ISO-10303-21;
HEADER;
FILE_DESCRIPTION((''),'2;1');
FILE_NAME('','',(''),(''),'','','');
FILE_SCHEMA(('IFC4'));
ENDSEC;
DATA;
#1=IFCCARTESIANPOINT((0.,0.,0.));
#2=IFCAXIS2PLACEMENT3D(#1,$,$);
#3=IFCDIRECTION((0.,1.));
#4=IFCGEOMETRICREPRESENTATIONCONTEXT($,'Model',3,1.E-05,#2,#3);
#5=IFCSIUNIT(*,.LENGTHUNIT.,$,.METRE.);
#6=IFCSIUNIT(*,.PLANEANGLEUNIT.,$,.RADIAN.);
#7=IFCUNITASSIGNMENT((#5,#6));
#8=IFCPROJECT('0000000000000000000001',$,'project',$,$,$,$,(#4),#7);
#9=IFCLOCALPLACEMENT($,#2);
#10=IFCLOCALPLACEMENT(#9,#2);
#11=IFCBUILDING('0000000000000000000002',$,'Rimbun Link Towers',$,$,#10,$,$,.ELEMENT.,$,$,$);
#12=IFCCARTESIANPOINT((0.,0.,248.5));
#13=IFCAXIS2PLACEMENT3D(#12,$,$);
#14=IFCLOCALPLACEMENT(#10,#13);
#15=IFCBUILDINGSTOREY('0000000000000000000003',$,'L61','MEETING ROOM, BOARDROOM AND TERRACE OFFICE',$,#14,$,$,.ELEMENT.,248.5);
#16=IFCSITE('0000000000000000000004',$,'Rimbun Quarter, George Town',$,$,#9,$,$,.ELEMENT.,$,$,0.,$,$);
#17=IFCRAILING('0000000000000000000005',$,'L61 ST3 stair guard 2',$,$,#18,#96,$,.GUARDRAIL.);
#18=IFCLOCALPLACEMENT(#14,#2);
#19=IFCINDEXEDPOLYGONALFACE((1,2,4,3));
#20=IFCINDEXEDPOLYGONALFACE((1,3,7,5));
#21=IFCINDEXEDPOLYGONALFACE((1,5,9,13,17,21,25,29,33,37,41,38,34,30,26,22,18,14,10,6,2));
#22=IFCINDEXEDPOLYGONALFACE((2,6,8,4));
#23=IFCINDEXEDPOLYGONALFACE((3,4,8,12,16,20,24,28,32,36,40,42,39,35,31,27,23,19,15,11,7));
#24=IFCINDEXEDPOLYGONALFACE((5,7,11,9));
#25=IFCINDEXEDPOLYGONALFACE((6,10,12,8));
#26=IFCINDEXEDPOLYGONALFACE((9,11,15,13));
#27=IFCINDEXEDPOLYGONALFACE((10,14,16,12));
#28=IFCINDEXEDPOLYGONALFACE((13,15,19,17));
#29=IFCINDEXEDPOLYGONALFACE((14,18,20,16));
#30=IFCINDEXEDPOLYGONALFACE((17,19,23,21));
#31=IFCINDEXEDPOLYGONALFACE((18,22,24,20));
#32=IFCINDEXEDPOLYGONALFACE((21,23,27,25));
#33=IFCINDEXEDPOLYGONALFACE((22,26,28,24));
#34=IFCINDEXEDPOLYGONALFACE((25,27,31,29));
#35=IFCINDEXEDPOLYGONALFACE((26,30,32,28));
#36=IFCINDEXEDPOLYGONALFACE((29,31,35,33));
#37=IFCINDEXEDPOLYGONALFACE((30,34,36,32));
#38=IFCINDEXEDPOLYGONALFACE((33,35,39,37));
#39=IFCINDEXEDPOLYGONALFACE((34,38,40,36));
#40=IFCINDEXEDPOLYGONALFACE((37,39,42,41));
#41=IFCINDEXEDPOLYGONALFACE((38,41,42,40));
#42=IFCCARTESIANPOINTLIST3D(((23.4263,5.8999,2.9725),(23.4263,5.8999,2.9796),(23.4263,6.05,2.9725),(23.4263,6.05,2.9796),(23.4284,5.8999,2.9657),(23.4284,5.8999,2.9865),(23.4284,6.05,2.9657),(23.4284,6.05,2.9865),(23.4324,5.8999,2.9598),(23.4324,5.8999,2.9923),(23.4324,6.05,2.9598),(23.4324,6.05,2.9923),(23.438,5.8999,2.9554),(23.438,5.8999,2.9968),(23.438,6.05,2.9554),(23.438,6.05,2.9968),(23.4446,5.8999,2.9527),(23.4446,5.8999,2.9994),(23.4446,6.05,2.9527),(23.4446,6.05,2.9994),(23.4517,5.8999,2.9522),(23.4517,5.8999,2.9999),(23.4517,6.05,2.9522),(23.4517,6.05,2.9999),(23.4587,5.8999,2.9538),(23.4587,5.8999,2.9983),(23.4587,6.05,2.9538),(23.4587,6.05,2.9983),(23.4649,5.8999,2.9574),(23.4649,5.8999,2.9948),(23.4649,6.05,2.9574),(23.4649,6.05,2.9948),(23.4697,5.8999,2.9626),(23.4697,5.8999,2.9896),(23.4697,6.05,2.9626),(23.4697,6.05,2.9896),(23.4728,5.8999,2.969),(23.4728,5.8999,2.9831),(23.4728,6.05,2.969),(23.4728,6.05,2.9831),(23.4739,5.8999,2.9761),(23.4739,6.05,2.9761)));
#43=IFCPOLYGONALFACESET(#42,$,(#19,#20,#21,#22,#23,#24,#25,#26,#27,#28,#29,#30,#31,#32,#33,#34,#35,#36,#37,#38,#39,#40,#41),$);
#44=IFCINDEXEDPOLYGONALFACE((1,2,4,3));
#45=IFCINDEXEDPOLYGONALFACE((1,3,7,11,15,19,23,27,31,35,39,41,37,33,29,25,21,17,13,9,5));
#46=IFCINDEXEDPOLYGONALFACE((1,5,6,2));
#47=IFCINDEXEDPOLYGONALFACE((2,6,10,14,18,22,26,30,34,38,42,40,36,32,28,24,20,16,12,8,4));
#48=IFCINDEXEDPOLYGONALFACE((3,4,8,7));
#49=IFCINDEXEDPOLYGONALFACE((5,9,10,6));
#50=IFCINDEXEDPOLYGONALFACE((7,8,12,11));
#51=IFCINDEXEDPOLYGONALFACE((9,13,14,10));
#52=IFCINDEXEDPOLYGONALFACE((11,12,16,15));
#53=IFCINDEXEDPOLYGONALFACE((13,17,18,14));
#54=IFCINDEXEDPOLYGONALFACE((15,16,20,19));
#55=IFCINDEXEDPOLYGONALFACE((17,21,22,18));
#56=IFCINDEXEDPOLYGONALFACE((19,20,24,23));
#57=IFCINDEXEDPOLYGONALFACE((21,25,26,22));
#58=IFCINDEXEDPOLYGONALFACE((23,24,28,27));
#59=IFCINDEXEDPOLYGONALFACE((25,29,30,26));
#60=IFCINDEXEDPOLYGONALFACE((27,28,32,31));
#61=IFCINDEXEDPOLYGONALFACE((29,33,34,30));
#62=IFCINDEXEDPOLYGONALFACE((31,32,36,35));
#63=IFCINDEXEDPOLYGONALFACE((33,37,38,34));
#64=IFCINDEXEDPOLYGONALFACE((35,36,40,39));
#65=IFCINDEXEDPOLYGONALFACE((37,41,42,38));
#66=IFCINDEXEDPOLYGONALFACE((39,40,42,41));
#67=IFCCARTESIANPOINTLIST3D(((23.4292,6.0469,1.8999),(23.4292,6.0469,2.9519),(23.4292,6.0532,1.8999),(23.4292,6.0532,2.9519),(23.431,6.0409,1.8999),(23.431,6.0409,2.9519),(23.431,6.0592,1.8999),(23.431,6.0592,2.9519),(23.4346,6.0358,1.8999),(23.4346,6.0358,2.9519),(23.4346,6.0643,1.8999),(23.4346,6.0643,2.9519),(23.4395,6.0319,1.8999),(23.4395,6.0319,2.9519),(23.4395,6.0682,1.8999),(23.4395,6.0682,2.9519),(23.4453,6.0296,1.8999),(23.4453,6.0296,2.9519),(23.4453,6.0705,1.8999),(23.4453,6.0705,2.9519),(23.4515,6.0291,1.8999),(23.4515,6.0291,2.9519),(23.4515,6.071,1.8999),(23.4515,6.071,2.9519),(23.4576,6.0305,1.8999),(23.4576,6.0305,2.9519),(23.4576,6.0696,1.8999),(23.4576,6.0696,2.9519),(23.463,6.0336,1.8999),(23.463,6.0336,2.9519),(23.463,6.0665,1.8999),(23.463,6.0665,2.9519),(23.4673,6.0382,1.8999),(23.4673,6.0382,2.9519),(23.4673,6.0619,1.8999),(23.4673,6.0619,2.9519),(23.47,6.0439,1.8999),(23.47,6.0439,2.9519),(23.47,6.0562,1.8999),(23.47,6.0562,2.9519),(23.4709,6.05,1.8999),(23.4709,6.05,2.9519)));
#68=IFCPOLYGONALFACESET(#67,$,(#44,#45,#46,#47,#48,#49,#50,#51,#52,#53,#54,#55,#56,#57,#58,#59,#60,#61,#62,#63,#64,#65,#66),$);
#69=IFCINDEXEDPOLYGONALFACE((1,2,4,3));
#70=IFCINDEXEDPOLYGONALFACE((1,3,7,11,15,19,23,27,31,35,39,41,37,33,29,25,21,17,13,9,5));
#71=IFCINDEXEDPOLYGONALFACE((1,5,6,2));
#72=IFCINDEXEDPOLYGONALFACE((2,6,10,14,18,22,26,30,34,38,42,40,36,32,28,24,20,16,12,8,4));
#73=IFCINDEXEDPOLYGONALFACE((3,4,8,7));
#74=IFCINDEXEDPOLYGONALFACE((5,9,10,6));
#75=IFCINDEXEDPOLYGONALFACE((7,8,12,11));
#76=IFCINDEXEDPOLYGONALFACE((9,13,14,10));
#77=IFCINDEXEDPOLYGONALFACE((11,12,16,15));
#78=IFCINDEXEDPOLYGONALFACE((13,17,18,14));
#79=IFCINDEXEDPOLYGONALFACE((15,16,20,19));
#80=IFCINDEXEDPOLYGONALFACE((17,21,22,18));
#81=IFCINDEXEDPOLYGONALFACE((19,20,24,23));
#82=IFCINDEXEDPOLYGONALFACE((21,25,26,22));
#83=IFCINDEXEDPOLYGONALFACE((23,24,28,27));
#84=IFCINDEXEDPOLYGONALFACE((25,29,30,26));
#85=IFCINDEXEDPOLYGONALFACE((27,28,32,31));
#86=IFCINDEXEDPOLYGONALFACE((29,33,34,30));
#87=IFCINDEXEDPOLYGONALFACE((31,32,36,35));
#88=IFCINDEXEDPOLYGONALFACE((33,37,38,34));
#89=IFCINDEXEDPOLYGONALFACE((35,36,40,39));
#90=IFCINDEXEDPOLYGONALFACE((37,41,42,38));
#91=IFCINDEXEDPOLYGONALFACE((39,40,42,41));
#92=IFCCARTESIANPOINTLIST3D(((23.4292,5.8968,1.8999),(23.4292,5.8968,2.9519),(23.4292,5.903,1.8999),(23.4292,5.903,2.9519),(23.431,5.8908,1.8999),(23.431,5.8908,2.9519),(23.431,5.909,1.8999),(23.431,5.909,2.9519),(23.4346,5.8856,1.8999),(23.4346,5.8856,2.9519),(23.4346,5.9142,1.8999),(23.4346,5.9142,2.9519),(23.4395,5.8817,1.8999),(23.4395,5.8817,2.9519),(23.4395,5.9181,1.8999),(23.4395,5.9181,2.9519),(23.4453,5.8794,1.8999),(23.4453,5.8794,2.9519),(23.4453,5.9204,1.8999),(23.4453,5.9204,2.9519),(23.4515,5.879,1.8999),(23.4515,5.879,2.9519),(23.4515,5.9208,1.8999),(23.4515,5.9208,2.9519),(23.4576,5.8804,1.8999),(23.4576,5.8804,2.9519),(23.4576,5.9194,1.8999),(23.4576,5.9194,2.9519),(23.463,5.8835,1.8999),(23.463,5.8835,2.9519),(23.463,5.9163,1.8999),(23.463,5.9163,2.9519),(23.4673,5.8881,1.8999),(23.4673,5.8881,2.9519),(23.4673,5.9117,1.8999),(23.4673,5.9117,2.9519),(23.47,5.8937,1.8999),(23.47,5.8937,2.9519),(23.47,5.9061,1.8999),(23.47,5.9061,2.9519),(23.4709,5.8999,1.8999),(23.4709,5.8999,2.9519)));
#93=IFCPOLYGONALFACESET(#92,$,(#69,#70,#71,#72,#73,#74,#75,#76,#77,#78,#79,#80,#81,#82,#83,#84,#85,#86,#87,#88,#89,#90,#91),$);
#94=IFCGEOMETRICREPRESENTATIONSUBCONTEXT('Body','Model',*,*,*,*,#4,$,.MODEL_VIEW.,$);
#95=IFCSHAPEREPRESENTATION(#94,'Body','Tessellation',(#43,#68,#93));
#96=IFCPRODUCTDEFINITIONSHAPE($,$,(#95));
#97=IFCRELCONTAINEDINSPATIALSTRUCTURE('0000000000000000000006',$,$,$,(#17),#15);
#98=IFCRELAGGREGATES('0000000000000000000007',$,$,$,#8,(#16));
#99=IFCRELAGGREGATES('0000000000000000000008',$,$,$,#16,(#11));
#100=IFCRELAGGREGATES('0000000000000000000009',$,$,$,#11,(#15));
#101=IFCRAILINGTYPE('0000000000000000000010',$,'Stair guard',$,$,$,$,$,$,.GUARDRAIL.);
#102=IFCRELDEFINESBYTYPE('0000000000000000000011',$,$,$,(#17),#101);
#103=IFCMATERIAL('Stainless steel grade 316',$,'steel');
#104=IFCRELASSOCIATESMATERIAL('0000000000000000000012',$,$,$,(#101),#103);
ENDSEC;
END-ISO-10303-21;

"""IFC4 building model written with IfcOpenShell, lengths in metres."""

from ifc_helpers import new_model, si_unit, direction, frame, origin, origin_2d, place, context, subcontext, project, spatial, circle, extrude, material, type_object, element, save


model = new_model("IFC4")

# Units and contexts
model_context = context("Model", 3, precision=1e-05, world=origin(), true_north=direction((0.0, 1.0)))
body_context = subcontext(model_context, "Body", "Model", "MODEL_VIEW")
ifc_project = project(units=[si_unit("LENGTHUNIT", "METRE"), si_unit("PLANEANGLEUNIT", "RADIAN")], contexts=[model_context])

# Site, building, storey
site_placement = place(None, origin())
site = spatial("IfcSite", under=ifc_project, at=site_placement, Name="Rimbun Quarter, George Town", CompositionType="ELEMENT", RefElevation=0.0)
building_placement = place(site_placement, origin())
building = spatial("IfcBuilding", under=site, at=building_placement, Name="Rimbun Link Towers", CompositionType="ELEMENT")
storey_placement = place(building_placement, frame((0.0, 0.0, 248.5)))
storey = spatial("IfcBuildingStorey", under=building, at=storey_placement, Name="L61", Description="MEETING ROOM, BOARDROOM AND TERRACE OFFICE", CompositionType="ELEMENT", Elevation=248.5)

# Railing
ifc_material_1 = material(Name="Stainless steel grade 316", Category="steel")
railing_type_1 = type_object("IfcRailingType", Name="Stair guard", PredefinedType="GUARDRAIL", material=ifc_material_1)
railing_1_placement = place(storey_placement, frame((23.45, 6.05, 1.8999)))
element("IfcRailing", 1, at=railing_1_placement, inside=storey, type_object=railing_type_1, Name="L61 ST3 stair guard 2", PredefinedType="GUARDRAIL", context=body_context, shape_type="SweptSolid", body=[
    extrude(circle(Radius=0.0239, at=origin_2d()), frame((0.0, 0.0, 1.0762), z_axis=(0.0, -1.0, 0.0), x_axis=(1.0, 0.0, 0.0)), (0.0, 0.0, 1.0), 0.1501),
    extrude(circle(Radius=0.021, at=origin_2d()), origin(), (0.0, 0.0, 1.0), 1.052),
    extrude(circle(Radius=0.021, at=origin_2d()), frame((0.0, -0.1501, 0.0)), (0.0, 0.0, 1.0), 1.052),
])

save(model, "model.ifc")
